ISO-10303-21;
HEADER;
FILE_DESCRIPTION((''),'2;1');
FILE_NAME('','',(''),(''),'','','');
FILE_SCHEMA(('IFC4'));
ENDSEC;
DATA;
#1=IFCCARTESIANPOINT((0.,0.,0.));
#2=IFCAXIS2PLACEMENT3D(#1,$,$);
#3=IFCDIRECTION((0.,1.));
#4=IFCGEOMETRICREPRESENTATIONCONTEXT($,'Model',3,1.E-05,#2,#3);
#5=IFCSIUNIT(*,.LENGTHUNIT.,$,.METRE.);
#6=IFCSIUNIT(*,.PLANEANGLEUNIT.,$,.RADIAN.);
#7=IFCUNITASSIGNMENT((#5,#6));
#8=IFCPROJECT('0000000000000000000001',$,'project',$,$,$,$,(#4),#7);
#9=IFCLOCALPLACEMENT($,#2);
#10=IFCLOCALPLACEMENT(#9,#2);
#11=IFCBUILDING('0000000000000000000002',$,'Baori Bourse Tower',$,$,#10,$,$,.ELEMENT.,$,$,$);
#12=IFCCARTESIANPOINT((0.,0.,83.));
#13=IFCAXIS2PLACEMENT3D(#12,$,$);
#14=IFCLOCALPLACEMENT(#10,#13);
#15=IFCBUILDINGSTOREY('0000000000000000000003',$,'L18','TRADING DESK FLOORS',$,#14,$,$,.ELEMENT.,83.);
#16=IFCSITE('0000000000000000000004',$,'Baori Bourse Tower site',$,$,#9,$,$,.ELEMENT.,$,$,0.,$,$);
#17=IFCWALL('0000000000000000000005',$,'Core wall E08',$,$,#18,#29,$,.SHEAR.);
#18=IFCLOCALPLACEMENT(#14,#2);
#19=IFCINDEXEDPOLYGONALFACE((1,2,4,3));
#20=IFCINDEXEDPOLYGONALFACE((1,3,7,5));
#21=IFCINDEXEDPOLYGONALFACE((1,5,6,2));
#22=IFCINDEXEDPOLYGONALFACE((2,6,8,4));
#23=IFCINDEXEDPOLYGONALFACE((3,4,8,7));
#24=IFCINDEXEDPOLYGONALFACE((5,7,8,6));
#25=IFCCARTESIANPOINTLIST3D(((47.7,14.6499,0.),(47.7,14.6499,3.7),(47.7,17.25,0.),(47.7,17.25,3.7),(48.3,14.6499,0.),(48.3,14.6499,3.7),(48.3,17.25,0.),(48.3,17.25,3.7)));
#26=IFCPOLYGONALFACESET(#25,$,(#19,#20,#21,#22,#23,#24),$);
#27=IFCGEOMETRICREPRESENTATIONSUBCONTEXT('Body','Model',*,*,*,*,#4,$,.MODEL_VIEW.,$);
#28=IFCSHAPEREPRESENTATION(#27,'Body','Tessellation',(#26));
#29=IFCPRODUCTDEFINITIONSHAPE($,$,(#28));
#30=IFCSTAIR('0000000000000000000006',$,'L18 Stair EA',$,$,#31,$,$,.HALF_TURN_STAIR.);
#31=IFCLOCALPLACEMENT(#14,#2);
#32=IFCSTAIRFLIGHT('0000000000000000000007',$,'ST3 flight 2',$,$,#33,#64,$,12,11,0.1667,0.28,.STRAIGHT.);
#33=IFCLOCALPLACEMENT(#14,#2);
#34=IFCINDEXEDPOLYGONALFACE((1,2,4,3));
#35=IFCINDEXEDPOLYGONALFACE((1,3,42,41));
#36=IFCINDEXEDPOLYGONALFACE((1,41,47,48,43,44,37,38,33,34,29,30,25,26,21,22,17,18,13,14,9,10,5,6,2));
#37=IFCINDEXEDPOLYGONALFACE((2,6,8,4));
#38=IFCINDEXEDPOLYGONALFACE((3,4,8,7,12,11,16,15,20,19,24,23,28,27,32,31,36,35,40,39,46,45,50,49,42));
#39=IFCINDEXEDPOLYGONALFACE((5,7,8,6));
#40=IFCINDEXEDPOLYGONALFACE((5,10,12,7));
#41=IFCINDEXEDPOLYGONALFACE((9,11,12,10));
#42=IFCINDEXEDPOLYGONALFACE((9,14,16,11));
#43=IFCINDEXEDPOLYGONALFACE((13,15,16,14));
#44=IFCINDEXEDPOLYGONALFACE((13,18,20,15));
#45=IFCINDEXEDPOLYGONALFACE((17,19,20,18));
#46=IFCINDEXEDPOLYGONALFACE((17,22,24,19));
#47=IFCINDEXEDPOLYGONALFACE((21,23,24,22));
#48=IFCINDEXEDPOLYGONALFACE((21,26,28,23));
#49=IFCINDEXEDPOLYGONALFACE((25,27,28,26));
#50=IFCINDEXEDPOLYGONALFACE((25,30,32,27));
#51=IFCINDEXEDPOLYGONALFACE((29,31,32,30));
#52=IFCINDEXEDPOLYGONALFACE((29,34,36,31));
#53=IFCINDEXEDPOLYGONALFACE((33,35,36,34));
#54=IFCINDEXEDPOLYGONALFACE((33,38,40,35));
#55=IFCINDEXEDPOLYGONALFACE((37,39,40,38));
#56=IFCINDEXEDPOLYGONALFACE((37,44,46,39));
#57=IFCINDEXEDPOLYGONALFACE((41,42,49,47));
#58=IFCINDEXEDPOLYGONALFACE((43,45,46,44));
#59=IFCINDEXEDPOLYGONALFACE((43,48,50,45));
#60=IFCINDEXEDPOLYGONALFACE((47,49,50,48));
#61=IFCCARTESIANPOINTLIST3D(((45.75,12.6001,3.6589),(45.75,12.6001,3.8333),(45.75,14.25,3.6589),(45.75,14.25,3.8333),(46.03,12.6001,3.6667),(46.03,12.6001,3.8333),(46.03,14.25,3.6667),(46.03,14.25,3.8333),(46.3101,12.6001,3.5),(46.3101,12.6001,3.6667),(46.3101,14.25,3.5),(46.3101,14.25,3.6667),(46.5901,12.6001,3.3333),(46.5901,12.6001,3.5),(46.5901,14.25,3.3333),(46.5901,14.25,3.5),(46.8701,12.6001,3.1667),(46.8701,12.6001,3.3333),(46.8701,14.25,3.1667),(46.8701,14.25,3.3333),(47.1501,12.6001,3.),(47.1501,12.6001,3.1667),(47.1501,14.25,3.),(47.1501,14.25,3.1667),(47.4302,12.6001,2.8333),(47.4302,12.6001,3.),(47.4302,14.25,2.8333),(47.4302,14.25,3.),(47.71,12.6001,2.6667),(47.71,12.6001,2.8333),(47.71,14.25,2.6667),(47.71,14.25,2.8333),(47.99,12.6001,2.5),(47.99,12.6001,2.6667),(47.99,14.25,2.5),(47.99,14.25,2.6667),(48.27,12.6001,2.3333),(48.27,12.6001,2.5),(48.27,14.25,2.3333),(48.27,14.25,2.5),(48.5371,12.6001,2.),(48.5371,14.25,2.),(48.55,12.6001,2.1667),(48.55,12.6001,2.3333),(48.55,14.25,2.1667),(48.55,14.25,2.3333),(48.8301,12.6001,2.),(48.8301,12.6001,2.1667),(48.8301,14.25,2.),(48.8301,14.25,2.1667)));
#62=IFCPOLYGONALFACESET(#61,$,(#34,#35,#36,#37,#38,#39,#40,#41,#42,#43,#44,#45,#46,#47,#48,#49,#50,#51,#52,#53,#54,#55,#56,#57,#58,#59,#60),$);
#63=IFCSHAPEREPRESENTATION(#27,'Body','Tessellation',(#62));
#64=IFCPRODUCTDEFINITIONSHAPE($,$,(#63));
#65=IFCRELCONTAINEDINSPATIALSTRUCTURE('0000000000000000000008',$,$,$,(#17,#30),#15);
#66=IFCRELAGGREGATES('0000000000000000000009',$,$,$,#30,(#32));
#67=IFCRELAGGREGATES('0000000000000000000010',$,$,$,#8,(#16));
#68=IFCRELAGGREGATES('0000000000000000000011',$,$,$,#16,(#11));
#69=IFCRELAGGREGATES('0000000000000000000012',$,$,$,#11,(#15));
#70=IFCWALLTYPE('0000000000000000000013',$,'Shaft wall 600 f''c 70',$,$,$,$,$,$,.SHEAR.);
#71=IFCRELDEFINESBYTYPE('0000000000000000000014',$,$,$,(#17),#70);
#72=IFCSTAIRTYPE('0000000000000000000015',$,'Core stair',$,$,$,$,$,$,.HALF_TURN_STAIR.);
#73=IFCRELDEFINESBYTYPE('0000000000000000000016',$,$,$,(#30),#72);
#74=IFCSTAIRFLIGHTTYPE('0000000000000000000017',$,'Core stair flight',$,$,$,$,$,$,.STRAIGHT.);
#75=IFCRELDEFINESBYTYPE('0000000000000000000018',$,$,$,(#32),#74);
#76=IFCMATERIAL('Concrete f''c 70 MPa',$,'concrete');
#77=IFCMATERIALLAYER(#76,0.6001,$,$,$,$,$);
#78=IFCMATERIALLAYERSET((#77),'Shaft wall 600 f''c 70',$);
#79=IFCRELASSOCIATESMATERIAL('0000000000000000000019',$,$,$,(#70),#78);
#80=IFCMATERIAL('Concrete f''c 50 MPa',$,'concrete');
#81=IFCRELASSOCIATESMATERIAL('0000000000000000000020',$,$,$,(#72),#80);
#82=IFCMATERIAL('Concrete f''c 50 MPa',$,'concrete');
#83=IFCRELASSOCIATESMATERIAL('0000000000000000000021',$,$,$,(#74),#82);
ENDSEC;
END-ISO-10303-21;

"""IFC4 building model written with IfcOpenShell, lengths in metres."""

from ifc_helpers import new_model, si_unit, direction, frame, frame_2d, origin, place, context, subcontext, project, spatial, polyline, rectangle, outline, extrude, material, layer, layer_set, type_object, element, aggregate, save


model = new_model("IFC4")

# Units and contexts
model_context = context("Model", 3, precision=1e-05, world=origin(), true_north=direction((0.0, 1.0)))
body_context = subcontext(model_context, "Body", "Model", "MODEL_VIEW")
ifc_project = project(units=[si_unit("LENGTHUNIT", "METRE"), si_unit("PLANEANGLEUNIT", "RADIAN")], contexts=[model_context])

# Site, building, storey
site_placement = place(None, origin())
site = spatial("IfcSite", under=ifc_project, at=site_placement, Name="Baori Bourse Tower site", CompositionType="ELEMENT", RefElevation=0.0)
building_placement = place(site_placement, origin())
building = spatial("IfcBuilding", under=site, at=building_placement, Name="Baori Bourse Tower", CompositionType="ELEMENT")
storey_placement = place(building_placement, frame((0.0, 0.0, 83.0)))
storey = spatial("IfcBuildingStorey", under=building, at=storey_placement, Name="L18", Description="TRADING DESK FLOORS", CompositionType="ELEMENT", Elevation=83.0)

# Wall
ifc_material_1 = material(Name="Concrete f'c 70 MPa", Category="concrete")
ifc_layer_1 = layer(ifc_material_1, 0.6001)
ifc_layer_set_1 = layer_set([ifc_layer_1], Name="Shaft wall 600 f'c 70")
wall_type_1 = type_object("IfcWallType", Name="Shaft wall 600 f'c 70", PredefinedType="SHEAR", material=ifc_layer_set_1)
wall_1_placement = place(storey_placement, frame((48.0, 14.6499, 0.0), z_axis=(0.0, 0.0, 1.0), x_axis=(0.0, 1.0, 0.0)))
element("IfcWall", 1, at=wall_1_placement, inside=storey, type_object=wall_type_1, Name="Core wall E08", PredefinedType="SHEAR", context=body_context, shape_type="SweptSolid", body=[
    extrude(rectangle(XDim=2.6001, YDim=0.6001, at=frame_2d((1.3, 0.0))), origin(), (0.0, 0.0, 1.0), 3.7),
])

# Stair, stair flight
ifc_material_2 = material(Name="Concrete f'c 50 MPa", Category="concrete")
stair_type = type_object("IfcStairType", Name="Core stair", PredefinedType="HALF_TURN_STAIR", material=ifc_material_2)
stair_placement = place(storey_placement, origin())
stair = element("IfcStair", 2, at=stair_placement, inside=storey, type_object=stair_type, Name="L18 Stair EA", PredefinedType="HALF_TURN_STAIR")
ifc_material_3 = material(Name="Concrete f'c 50 MPa", Category="concrete")
stair_flight_type = type_object("IfcStairFlightType", Name="Core stair flight", PredefinedType="STRAIGHT", material=ifc_material_3)
stair_flight_placement = place(storey_placement, frame((48.8301, 13.425, 2.0), z_axis=(0.0, 0.0, 1.0), x_axis=(-1.0, 0.0, 0.0)))
stair_flight = element("IfcStairFlight", 3, at=stair_flight_placement, type_object=stair_flight_type, Name="ST3 flight 2", NumberOfRisers=12, NumberOfTreads=11, PredefinedType="STRAIGHT", RiserHeight=0.1667, TreadLength=0.28, context=body_context, shape_type="SweptSolid", body=[
    extrude(outline(polyline([(0.0, 0.0), (0.0, 0.1667), (0.28, 0.1667), (0.28, 0.3333), (0.5601, 0.3333), (0.5601, 0.5), (0.8401, 0.5), (0.8401, 0.6667), (1.1201, 0.6667), (1.1201, 0.8333), (1.3999, 0.8333), (1.3999, 1.0), (1.6799, 1.0), (1.6799, 1.1667), (1.96, 1.1667), (1.96, 1.3333), (2.24, 1.3333), (2.24, 1.5), (2.52, 1.5), (2.52, 1.6667), (2.8, 1.6667), (2.8, 1.8333), (3.0801, 1.8333), (3.0801, 2.0), (3.0801, 1.6589), (0.293, 0.0), (0.0, 0.0)])), frame((0.0, 0.825, 0.0), z_axis=(0.0, -1.0, 0.0), x_axis=(1.0, 0.0, 0.0)), (0.0, 0.0, 1.0), 1.6499),
])
aggregate(stair, [stair_flight])

save(model, "model.ifc")
